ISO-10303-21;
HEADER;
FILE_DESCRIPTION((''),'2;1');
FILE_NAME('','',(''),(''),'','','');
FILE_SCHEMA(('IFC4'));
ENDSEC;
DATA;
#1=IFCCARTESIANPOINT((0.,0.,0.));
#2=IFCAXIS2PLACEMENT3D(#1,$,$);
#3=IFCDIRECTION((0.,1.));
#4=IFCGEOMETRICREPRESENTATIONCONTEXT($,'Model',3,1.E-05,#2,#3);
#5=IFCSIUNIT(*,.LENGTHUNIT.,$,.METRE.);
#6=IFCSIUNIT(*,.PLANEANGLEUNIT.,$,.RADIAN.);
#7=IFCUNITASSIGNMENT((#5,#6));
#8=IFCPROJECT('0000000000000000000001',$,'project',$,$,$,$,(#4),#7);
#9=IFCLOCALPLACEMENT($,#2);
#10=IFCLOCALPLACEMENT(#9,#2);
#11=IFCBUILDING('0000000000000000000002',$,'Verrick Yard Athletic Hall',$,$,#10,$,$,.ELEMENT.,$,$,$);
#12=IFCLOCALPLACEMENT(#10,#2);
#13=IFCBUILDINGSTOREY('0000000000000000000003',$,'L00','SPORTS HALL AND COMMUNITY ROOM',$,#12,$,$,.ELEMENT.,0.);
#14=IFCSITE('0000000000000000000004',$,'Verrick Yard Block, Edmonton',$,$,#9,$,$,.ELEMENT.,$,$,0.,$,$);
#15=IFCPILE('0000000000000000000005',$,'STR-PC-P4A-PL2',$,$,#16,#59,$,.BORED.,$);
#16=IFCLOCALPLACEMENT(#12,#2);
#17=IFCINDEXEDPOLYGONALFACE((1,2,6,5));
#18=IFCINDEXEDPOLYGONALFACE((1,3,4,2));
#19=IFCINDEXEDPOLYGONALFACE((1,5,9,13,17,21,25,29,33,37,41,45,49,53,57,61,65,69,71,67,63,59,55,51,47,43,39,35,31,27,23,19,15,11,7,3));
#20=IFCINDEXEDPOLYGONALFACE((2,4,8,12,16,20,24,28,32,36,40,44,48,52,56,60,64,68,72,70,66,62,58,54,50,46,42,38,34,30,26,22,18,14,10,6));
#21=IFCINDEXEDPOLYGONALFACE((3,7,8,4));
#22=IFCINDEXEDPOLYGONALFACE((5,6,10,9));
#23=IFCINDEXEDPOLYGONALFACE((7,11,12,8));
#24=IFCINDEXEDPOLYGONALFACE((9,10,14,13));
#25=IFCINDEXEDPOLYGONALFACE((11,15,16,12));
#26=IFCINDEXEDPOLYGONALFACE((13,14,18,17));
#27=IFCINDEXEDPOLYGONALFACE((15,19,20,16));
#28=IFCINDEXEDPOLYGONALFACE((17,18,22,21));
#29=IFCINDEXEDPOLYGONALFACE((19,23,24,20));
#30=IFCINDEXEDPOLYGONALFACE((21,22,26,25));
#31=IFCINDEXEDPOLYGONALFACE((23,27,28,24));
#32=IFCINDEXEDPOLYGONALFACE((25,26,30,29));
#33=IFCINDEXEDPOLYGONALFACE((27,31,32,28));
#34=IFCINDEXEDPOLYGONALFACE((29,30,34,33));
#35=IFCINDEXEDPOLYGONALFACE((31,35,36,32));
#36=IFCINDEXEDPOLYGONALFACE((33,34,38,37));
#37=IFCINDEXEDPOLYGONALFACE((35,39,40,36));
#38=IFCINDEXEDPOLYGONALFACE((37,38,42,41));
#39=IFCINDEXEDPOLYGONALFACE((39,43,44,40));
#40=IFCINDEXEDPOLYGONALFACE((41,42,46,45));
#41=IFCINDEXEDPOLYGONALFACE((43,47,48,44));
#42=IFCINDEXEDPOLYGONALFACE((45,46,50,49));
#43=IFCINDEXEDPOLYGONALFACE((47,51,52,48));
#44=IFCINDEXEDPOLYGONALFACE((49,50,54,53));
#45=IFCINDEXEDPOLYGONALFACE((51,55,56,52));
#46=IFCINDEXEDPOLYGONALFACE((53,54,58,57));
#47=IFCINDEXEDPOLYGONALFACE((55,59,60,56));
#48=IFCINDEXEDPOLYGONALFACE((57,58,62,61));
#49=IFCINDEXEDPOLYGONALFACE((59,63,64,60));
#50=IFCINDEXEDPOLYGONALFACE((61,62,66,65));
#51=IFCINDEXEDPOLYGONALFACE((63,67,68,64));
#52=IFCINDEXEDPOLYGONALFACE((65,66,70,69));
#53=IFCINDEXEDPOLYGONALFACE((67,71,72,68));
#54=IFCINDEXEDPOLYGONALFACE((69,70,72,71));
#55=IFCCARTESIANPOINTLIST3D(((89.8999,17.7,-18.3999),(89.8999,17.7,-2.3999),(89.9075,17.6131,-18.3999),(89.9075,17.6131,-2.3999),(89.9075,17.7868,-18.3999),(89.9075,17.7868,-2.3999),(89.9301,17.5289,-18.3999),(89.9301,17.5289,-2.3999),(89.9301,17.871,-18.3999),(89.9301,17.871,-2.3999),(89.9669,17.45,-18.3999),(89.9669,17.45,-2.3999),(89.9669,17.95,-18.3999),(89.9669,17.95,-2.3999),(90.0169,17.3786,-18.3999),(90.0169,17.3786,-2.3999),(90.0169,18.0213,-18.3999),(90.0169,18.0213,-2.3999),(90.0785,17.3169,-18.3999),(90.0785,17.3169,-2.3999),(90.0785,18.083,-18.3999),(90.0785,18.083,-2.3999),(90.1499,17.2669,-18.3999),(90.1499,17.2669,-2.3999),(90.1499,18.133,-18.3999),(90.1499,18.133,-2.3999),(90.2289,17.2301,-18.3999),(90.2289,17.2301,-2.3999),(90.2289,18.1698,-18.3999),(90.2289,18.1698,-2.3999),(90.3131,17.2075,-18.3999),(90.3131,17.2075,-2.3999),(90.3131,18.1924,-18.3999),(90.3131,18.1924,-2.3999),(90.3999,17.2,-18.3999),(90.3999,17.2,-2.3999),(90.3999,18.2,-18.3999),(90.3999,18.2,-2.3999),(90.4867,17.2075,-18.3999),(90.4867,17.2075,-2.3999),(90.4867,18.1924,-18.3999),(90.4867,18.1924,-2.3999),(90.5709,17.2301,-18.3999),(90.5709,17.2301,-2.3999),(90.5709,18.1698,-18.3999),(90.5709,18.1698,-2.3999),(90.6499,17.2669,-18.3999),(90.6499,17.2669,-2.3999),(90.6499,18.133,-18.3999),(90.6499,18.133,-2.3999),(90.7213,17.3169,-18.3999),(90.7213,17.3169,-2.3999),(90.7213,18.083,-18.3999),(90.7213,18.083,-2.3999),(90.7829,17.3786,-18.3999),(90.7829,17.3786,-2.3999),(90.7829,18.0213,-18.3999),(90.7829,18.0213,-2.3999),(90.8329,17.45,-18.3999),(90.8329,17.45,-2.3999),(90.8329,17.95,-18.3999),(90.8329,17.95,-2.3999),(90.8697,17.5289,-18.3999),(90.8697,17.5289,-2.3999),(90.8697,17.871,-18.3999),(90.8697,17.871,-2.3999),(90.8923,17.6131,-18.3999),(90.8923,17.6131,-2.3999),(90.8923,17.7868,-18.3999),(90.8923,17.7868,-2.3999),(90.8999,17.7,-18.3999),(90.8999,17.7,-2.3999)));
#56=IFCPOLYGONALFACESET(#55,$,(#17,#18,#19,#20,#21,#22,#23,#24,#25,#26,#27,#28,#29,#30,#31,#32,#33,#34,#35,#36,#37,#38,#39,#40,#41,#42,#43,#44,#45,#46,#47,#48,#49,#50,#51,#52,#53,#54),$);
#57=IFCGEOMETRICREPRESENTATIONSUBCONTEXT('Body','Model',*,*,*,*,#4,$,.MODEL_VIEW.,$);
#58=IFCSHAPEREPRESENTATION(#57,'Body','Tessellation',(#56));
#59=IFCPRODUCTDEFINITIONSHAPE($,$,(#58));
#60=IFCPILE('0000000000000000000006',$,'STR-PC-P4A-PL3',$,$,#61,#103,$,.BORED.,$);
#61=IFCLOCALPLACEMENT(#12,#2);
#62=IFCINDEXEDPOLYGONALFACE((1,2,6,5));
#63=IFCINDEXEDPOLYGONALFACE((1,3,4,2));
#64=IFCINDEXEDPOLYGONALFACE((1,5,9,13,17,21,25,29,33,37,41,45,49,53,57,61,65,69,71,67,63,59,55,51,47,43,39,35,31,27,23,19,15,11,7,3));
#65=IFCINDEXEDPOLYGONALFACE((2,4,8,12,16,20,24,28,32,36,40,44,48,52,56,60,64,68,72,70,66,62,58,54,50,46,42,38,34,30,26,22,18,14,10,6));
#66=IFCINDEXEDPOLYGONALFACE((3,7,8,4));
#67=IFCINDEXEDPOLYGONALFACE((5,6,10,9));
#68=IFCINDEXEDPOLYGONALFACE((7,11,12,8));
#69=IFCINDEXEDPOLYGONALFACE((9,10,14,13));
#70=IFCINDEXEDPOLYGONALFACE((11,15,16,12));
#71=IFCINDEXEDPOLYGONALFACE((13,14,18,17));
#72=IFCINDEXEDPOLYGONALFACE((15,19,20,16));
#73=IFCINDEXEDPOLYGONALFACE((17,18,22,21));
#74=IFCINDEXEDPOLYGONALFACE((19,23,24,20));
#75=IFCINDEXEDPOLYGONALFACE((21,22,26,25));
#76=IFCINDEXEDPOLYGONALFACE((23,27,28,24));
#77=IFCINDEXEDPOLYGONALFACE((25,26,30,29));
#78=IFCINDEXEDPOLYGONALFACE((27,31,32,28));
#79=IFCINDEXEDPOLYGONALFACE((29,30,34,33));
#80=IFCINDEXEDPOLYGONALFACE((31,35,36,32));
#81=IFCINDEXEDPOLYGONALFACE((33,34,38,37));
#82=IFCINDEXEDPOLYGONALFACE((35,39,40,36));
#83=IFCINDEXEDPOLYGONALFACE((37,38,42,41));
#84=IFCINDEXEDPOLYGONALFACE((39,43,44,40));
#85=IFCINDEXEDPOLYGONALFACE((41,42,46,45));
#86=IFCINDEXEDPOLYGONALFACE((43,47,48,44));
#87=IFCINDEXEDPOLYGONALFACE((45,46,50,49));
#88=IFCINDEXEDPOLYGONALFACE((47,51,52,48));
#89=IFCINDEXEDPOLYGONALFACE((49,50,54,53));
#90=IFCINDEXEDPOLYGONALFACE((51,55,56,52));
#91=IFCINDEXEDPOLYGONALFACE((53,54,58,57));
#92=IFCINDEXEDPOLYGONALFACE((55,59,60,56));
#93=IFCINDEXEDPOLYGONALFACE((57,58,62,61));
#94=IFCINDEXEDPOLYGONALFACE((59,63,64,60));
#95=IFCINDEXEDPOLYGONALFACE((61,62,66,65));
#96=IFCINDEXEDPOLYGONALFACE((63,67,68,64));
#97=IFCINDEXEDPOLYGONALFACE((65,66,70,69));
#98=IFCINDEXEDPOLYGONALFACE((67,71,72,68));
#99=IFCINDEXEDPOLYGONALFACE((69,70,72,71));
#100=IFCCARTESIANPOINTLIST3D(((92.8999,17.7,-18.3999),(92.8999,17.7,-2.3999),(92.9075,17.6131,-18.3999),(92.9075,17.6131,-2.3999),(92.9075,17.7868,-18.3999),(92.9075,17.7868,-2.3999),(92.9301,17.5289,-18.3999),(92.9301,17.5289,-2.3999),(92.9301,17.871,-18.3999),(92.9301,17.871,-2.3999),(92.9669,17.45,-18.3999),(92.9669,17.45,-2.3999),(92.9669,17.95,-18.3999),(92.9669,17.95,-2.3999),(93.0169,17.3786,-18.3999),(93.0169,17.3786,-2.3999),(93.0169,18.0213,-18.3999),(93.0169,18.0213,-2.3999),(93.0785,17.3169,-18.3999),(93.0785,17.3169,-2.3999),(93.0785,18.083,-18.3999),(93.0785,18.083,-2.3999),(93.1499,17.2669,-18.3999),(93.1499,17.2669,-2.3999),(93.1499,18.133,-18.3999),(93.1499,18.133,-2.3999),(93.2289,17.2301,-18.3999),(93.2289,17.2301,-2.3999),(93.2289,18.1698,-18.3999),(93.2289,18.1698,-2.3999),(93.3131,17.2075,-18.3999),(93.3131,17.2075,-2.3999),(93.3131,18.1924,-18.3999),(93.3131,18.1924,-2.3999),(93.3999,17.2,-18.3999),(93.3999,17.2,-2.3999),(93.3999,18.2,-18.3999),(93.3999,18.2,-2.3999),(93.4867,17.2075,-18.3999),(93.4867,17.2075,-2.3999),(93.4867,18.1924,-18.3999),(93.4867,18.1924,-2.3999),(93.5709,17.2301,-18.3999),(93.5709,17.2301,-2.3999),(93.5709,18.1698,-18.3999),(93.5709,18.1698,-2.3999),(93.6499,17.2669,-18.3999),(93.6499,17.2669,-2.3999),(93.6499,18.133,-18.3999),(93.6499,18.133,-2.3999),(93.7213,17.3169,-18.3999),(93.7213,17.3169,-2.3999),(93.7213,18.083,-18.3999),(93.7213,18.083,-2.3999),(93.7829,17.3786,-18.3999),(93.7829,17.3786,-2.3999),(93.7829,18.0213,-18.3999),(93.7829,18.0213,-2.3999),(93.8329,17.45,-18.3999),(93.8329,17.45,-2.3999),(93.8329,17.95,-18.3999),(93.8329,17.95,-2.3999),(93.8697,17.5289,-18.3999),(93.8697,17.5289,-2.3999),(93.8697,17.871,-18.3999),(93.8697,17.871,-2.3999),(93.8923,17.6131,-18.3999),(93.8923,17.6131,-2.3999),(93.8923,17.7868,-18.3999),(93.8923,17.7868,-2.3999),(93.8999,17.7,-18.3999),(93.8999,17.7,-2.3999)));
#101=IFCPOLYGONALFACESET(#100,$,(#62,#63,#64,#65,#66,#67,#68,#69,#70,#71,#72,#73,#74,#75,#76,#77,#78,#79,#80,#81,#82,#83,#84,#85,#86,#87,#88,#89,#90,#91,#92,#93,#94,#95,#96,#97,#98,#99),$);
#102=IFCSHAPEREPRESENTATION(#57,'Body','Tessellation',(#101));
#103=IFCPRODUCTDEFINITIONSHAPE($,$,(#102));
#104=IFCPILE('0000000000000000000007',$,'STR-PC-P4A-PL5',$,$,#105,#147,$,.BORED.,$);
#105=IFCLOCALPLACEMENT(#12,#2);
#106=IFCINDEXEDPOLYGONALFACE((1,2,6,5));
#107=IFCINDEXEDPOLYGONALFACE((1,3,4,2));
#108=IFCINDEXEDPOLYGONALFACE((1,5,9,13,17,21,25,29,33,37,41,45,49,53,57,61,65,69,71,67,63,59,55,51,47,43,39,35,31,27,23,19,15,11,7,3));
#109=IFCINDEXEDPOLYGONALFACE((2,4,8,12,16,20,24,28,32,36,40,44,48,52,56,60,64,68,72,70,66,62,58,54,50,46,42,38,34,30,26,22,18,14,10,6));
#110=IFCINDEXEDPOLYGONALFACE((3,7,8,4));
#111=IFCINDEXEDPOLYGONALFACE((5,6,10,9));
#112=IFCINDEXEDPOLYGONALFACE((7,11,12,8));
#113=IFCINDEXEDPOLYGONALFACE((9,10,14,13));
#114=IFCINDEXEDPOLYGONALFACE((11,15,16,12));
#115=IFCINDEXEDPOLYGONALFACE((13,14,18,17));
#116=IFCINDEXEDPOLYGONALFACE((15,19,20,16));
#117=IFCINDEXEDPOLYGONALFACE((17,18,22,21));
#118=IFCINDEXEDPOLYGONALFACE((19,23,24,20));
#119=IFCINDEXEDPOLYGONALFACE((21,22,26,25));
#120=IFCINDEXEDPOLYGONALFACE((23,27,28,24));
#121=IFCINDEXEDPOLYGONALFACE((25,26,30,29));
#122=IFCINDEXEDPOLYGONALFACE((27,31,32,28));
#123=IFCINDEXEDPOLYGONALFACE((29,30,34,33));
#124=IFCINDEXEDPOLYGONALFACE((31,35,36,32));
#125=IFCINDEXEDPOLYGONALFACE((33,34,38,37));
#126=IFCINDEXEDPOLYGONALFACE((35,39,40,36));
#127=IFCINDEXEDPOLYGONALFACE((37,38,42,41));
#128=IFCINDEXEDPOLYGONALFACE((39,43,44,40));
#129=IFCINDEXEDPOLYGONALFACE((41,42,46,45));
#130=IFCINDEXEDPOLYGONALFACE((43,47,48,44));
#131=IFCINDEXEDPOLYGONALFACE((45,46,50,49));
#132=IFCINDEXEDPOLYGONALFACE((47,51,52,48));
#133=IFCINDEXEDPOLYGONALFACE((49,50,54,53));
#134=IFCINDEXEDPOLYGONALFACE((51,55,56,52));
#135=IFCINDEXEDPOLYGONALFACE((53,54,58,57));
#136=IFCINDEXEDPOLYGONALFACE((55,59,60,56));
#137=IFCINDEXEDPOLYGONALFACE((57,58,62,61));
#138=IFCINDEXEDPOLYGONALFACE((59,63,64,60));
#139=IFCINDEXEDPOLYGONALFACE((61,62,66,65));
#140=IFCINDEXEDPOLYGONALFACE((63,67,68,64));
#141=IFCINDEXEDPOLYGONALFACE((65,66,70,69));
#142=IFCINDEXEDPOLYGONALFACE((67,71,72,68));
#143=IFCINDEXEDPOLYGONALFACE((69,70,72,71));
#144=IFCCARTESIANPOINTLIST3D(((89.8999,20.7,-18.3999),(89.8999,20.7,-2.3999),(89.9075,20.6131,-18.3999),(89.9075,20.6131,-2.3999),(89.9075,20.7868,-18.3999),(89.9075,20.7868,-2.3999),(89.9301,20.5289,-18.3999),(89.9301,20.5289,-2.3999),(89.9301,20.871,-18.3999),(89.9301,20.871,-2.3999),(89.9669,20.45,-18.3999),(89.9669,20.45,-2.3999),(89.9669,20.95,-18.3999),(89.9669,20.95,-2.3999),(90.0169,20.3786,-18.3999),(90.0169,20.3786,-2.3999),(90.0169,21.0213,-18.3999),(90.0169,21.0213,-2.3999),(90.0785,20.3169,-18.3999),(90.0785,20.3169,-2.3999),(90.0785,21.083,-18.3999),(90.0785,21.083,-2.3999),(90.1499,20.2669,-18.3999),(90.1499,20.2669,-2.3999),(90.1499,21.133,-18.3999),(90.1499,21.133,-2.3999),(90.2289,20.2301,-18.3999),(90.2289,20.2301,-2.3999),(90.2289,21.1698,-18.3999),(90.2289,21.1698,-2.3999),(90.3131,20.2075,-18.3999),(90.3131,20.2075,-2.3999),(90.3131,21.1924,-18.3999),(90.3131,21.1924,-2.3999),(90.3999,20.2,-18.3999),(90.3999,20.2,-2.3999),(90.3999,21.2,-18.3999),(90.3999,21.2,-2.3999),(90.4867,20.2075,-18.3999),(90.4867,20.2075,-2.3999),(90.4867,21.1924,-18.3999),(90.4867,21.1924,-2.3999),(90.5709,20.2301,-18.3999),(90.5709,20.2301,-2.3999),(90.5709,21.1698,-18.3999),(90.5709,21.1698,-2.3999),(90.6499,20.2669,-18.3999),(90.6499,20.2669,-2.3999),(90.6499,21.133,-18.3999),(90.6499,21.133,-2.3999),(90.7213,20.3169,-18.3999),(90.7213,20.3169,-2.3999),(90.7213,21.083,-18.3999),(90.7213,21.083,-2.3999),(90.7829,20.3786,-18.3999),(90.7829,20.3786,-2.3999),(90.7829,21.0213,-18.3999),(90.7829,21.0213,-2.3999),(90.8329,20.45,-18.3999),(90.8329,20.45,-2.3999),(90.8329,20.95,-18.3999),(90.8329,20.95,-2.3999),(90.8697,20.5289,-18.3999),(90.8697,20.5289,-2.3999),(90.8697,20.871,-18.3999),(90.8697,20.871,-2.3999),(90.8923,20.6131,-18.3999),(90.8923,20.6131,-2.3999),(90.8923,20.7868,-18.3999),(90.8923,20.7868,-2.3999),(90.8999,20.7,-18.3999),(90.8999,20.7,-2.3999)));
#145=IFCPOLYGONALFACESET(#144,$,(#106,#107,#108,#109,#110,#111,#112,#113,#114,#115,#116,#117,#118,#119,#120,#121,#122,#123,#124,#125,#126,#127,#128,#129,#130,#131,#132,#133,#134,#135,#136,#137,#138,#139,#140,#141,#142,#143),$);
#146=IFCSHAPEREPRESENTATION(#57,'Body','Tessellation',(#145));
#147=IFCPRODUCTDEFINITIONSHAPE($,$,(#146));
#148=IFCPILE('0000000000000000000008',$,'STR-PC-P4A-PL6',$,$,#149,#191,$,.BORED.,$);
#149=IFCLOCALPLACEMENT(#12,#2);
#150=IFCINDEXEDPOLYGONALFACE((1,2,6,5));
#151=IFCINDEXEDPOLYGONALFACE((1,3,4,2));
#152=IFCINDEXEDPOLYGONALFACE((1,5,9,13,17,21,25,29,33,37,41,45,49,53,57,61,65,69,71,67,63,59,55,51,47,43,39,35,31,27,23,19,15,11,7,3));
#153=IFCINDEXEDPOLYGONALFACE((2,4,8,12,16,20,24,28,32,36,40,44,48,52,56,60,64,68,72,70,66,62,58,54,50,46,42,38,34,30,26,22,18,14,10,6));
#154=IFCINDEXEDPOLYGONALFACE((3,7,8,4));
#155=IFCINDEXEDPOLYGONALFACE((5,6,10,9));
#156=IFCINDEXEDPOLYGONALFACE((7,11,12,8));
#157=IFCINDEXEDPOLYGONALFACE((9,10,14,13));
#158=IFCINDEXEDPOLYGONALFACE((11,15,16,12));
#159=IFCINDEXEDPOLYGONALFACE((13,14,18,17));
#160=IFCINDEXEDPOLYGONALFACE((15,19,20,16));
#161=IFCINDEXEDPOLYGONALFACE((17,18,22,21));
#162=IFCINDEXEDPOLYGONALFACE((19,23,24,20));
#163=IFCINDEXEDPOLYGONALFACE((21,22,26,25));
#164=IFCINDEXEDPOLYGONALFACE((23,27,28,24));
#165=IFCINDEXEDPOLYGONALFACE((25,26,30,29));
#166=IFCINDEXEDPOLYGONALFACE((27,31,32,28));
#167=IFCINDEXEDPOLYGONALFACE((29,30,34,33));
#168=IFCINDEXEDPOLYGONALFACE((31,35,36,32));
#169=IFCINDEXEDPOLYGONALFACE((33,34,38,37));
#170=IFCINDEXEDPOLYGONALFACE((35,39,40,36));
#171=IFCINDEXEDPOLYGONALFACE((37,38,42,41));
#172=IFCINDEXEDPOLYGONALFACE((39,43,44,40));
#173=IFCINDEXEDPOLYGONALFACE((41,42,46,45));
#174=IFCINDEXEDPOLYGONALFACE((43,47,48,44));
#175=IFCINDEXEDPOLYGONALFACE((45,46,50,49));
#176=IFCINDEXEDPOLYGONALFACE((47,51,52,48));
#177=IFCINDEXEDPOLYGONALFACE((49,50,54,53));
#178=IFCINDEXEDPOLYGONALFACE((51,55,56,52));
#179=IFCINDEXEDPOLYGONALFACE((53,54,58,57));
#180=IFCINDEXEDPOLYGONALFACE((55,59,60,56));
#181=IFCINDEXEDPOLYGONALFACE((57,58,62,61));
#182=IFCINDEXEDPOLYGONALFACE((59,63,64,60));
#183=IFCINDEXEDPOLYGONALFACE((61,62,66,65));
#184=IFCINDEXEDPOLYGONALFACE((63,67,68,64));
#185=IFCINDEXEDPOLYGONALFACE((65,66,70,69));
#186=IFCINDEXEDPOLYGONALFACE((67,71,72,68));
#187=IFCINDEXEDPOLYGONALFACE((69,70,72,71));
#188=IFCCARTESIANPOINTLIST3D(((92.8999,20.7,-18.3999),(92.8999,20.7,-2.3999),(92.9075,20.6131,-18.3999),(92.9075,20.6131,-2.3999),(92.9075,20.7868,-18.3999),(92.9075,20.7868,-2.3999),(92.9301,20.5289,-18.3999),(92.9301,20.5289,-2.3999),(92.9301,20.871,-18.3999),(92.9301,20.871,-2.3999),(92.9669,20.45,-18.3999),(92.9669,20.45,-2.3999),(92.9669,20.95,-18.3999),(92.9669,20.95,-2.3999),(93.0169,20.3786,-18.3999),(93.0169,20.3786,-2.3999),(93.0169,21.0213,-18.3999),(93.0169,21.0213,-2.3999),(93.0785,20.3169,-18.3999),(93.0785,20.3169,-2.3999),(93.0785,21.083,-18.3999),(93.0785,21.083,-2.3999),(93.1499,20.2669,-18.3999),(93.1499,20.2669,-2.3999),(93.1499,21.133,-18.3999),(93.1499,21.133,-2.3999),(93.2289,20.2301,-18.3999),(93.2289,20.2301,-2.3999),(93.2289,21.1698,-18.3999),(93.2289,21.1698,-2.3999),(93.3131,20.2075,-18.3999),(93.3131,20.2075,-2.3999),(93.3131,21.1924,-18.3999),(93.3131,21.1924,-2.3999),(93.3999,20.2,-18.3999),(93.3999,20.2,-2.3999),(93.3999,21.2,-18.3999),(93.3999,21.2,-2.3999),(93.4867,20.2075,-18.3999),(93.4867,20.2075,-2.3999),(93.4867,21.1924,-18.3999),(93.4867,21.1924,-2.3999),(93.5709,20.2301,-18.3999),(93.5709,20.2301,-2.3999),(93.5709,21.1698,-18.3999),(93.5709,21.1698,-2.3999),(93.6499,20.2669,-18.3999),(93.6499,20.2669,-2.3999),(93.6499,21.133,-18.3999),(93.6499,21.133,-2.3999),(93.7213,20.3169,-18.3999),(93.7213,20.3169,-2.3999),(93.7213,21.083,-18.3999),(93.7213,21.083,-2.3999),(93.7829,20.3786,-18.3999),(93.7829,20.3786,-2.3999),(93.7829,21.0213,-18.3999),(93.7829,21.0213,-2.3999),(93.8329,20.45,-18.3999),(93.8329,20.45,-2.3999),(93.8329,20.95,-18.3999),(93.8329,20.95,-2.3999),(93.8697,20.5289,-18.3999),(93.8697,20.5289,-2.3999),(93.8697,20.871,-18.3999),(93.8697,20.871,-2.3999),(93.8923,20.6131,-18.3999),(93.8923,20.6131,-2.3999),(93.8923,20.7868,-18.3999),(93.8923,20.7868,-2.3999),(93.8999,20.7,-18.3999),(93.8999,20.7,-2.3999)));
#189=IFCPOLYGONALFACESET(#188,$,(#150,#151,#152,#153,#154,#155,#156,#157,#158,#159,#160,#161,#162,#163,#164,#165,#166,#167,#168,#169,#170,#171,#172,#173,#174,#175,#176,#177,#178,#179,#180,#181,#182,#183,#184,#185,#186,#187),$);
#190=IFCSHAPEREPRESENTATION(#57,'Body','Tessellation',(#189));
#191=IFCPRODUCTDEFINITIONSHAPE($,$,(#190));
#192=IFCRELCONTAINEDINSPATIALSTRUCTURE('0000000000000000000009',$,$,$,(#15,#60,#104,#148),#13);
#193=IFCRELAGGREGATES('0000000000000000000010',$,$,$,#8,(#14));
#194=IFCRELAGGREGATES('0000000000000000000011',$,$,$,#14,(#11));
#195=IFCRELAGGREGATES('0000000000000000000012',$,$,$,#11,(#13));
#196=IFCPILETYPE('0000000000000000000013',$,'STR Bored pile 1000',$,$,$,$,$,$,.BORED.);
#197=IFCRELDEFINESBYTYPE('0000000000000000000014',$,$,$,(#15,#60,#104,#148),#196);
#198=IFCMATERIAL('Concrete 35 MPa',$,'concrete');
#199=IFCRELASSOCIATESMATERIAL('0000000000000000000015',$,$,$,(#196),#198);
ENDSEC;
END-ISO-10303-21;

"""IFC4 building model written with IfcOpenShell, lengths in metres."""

from ifc_helpers import new_model, si_unit, direction, frame, origin, origin_2d, place, context, subcontext, project, spatial, circle, extrude, material, type_object, element, save


model = new_model("IFC4")

# Units and contexts
model_context = context("Model", 3, precision=1e-05, world=origin(), true_north=direction((0.0, 1.0)))
body_context = subcontext(model_context, "Body", "Model", "MODEL_VIEW")
ifc_project = project(units=[si_unit("LENGTHUNIT", "METRE"), si_unit("PLANEANGLEUNIT", "RADIAN")], contexts=[model_context])

# Site, building, storey
site_placement = place(None, origin())
site = spatial("IfcSite", under=ifc_project, at=site_placement, Name="Verrick Yard Block, Edmonton", CompositionType="ELEMENT", RefElevation=0.0)
building_placement = place(site_placement, origin())
building = spatial("IfcBuilding", under=site, at=building_placement, Name="Verrick Yard Athletic Hall", CompositionType="ELEMENT")
storey_placement = place(building_placement, origin())
storey = spatial("IfcBuildingStorey", under=building, at=storey_placement, Name="L00", Description="SPORTS HALL AND COMMUNITY ROOM", CompositionType="ELEMENT", Elevation=0.0)

# Piles
ifc_material_1 = material(Name="Concrete 35 MPa", Category="concrete")
pile_type_1 = type_object("IfcPileType", Name="STR Bored pile 1000", PredefinedType="BORED", material=ifc_material_1)
for number, where, z_axis, x_axis, name in (
    (1, (90.3999, 17.7, -2.3999), (0.0, 0.0, -1.0), (1.0, 0.0, 0.0), "STR-PC-P4A-PL2"),
    (2, (93.3999, 17.7, -2.3999), (0.0, 0.0, -1.0), (1.0, 0.0, 0.0), "STR-PC-P4A-PL3"),
    (3, (90.3999, 20.7, -2.3999), (0.0, 0.0, -1.0), (1.0, 0.0, 0.0), "STR-PC-P4A-PL5"),
    (4, (93.3999, 20.7, -2.3999), (0.0, 0.0, -1.0), (1.0, 0.0, 0.0), "STR-PC-P4A-PL6"),
):
    element("IfcPile", number, at=place(storey_placement, frame(where, z_axis=z_axis, x_axis=x_axis)), inside=storey, type_object=pile_type_1, Name=name, PredefinedType="BORED", context=body_context, shape_type="SweptSolid", body=[
        extrude(circle(Radius=0.5, at=origin_2d()), origin(), (0.0, 0.0, 1.0), 16.0),
    ])

save(model, "model.ifc")
